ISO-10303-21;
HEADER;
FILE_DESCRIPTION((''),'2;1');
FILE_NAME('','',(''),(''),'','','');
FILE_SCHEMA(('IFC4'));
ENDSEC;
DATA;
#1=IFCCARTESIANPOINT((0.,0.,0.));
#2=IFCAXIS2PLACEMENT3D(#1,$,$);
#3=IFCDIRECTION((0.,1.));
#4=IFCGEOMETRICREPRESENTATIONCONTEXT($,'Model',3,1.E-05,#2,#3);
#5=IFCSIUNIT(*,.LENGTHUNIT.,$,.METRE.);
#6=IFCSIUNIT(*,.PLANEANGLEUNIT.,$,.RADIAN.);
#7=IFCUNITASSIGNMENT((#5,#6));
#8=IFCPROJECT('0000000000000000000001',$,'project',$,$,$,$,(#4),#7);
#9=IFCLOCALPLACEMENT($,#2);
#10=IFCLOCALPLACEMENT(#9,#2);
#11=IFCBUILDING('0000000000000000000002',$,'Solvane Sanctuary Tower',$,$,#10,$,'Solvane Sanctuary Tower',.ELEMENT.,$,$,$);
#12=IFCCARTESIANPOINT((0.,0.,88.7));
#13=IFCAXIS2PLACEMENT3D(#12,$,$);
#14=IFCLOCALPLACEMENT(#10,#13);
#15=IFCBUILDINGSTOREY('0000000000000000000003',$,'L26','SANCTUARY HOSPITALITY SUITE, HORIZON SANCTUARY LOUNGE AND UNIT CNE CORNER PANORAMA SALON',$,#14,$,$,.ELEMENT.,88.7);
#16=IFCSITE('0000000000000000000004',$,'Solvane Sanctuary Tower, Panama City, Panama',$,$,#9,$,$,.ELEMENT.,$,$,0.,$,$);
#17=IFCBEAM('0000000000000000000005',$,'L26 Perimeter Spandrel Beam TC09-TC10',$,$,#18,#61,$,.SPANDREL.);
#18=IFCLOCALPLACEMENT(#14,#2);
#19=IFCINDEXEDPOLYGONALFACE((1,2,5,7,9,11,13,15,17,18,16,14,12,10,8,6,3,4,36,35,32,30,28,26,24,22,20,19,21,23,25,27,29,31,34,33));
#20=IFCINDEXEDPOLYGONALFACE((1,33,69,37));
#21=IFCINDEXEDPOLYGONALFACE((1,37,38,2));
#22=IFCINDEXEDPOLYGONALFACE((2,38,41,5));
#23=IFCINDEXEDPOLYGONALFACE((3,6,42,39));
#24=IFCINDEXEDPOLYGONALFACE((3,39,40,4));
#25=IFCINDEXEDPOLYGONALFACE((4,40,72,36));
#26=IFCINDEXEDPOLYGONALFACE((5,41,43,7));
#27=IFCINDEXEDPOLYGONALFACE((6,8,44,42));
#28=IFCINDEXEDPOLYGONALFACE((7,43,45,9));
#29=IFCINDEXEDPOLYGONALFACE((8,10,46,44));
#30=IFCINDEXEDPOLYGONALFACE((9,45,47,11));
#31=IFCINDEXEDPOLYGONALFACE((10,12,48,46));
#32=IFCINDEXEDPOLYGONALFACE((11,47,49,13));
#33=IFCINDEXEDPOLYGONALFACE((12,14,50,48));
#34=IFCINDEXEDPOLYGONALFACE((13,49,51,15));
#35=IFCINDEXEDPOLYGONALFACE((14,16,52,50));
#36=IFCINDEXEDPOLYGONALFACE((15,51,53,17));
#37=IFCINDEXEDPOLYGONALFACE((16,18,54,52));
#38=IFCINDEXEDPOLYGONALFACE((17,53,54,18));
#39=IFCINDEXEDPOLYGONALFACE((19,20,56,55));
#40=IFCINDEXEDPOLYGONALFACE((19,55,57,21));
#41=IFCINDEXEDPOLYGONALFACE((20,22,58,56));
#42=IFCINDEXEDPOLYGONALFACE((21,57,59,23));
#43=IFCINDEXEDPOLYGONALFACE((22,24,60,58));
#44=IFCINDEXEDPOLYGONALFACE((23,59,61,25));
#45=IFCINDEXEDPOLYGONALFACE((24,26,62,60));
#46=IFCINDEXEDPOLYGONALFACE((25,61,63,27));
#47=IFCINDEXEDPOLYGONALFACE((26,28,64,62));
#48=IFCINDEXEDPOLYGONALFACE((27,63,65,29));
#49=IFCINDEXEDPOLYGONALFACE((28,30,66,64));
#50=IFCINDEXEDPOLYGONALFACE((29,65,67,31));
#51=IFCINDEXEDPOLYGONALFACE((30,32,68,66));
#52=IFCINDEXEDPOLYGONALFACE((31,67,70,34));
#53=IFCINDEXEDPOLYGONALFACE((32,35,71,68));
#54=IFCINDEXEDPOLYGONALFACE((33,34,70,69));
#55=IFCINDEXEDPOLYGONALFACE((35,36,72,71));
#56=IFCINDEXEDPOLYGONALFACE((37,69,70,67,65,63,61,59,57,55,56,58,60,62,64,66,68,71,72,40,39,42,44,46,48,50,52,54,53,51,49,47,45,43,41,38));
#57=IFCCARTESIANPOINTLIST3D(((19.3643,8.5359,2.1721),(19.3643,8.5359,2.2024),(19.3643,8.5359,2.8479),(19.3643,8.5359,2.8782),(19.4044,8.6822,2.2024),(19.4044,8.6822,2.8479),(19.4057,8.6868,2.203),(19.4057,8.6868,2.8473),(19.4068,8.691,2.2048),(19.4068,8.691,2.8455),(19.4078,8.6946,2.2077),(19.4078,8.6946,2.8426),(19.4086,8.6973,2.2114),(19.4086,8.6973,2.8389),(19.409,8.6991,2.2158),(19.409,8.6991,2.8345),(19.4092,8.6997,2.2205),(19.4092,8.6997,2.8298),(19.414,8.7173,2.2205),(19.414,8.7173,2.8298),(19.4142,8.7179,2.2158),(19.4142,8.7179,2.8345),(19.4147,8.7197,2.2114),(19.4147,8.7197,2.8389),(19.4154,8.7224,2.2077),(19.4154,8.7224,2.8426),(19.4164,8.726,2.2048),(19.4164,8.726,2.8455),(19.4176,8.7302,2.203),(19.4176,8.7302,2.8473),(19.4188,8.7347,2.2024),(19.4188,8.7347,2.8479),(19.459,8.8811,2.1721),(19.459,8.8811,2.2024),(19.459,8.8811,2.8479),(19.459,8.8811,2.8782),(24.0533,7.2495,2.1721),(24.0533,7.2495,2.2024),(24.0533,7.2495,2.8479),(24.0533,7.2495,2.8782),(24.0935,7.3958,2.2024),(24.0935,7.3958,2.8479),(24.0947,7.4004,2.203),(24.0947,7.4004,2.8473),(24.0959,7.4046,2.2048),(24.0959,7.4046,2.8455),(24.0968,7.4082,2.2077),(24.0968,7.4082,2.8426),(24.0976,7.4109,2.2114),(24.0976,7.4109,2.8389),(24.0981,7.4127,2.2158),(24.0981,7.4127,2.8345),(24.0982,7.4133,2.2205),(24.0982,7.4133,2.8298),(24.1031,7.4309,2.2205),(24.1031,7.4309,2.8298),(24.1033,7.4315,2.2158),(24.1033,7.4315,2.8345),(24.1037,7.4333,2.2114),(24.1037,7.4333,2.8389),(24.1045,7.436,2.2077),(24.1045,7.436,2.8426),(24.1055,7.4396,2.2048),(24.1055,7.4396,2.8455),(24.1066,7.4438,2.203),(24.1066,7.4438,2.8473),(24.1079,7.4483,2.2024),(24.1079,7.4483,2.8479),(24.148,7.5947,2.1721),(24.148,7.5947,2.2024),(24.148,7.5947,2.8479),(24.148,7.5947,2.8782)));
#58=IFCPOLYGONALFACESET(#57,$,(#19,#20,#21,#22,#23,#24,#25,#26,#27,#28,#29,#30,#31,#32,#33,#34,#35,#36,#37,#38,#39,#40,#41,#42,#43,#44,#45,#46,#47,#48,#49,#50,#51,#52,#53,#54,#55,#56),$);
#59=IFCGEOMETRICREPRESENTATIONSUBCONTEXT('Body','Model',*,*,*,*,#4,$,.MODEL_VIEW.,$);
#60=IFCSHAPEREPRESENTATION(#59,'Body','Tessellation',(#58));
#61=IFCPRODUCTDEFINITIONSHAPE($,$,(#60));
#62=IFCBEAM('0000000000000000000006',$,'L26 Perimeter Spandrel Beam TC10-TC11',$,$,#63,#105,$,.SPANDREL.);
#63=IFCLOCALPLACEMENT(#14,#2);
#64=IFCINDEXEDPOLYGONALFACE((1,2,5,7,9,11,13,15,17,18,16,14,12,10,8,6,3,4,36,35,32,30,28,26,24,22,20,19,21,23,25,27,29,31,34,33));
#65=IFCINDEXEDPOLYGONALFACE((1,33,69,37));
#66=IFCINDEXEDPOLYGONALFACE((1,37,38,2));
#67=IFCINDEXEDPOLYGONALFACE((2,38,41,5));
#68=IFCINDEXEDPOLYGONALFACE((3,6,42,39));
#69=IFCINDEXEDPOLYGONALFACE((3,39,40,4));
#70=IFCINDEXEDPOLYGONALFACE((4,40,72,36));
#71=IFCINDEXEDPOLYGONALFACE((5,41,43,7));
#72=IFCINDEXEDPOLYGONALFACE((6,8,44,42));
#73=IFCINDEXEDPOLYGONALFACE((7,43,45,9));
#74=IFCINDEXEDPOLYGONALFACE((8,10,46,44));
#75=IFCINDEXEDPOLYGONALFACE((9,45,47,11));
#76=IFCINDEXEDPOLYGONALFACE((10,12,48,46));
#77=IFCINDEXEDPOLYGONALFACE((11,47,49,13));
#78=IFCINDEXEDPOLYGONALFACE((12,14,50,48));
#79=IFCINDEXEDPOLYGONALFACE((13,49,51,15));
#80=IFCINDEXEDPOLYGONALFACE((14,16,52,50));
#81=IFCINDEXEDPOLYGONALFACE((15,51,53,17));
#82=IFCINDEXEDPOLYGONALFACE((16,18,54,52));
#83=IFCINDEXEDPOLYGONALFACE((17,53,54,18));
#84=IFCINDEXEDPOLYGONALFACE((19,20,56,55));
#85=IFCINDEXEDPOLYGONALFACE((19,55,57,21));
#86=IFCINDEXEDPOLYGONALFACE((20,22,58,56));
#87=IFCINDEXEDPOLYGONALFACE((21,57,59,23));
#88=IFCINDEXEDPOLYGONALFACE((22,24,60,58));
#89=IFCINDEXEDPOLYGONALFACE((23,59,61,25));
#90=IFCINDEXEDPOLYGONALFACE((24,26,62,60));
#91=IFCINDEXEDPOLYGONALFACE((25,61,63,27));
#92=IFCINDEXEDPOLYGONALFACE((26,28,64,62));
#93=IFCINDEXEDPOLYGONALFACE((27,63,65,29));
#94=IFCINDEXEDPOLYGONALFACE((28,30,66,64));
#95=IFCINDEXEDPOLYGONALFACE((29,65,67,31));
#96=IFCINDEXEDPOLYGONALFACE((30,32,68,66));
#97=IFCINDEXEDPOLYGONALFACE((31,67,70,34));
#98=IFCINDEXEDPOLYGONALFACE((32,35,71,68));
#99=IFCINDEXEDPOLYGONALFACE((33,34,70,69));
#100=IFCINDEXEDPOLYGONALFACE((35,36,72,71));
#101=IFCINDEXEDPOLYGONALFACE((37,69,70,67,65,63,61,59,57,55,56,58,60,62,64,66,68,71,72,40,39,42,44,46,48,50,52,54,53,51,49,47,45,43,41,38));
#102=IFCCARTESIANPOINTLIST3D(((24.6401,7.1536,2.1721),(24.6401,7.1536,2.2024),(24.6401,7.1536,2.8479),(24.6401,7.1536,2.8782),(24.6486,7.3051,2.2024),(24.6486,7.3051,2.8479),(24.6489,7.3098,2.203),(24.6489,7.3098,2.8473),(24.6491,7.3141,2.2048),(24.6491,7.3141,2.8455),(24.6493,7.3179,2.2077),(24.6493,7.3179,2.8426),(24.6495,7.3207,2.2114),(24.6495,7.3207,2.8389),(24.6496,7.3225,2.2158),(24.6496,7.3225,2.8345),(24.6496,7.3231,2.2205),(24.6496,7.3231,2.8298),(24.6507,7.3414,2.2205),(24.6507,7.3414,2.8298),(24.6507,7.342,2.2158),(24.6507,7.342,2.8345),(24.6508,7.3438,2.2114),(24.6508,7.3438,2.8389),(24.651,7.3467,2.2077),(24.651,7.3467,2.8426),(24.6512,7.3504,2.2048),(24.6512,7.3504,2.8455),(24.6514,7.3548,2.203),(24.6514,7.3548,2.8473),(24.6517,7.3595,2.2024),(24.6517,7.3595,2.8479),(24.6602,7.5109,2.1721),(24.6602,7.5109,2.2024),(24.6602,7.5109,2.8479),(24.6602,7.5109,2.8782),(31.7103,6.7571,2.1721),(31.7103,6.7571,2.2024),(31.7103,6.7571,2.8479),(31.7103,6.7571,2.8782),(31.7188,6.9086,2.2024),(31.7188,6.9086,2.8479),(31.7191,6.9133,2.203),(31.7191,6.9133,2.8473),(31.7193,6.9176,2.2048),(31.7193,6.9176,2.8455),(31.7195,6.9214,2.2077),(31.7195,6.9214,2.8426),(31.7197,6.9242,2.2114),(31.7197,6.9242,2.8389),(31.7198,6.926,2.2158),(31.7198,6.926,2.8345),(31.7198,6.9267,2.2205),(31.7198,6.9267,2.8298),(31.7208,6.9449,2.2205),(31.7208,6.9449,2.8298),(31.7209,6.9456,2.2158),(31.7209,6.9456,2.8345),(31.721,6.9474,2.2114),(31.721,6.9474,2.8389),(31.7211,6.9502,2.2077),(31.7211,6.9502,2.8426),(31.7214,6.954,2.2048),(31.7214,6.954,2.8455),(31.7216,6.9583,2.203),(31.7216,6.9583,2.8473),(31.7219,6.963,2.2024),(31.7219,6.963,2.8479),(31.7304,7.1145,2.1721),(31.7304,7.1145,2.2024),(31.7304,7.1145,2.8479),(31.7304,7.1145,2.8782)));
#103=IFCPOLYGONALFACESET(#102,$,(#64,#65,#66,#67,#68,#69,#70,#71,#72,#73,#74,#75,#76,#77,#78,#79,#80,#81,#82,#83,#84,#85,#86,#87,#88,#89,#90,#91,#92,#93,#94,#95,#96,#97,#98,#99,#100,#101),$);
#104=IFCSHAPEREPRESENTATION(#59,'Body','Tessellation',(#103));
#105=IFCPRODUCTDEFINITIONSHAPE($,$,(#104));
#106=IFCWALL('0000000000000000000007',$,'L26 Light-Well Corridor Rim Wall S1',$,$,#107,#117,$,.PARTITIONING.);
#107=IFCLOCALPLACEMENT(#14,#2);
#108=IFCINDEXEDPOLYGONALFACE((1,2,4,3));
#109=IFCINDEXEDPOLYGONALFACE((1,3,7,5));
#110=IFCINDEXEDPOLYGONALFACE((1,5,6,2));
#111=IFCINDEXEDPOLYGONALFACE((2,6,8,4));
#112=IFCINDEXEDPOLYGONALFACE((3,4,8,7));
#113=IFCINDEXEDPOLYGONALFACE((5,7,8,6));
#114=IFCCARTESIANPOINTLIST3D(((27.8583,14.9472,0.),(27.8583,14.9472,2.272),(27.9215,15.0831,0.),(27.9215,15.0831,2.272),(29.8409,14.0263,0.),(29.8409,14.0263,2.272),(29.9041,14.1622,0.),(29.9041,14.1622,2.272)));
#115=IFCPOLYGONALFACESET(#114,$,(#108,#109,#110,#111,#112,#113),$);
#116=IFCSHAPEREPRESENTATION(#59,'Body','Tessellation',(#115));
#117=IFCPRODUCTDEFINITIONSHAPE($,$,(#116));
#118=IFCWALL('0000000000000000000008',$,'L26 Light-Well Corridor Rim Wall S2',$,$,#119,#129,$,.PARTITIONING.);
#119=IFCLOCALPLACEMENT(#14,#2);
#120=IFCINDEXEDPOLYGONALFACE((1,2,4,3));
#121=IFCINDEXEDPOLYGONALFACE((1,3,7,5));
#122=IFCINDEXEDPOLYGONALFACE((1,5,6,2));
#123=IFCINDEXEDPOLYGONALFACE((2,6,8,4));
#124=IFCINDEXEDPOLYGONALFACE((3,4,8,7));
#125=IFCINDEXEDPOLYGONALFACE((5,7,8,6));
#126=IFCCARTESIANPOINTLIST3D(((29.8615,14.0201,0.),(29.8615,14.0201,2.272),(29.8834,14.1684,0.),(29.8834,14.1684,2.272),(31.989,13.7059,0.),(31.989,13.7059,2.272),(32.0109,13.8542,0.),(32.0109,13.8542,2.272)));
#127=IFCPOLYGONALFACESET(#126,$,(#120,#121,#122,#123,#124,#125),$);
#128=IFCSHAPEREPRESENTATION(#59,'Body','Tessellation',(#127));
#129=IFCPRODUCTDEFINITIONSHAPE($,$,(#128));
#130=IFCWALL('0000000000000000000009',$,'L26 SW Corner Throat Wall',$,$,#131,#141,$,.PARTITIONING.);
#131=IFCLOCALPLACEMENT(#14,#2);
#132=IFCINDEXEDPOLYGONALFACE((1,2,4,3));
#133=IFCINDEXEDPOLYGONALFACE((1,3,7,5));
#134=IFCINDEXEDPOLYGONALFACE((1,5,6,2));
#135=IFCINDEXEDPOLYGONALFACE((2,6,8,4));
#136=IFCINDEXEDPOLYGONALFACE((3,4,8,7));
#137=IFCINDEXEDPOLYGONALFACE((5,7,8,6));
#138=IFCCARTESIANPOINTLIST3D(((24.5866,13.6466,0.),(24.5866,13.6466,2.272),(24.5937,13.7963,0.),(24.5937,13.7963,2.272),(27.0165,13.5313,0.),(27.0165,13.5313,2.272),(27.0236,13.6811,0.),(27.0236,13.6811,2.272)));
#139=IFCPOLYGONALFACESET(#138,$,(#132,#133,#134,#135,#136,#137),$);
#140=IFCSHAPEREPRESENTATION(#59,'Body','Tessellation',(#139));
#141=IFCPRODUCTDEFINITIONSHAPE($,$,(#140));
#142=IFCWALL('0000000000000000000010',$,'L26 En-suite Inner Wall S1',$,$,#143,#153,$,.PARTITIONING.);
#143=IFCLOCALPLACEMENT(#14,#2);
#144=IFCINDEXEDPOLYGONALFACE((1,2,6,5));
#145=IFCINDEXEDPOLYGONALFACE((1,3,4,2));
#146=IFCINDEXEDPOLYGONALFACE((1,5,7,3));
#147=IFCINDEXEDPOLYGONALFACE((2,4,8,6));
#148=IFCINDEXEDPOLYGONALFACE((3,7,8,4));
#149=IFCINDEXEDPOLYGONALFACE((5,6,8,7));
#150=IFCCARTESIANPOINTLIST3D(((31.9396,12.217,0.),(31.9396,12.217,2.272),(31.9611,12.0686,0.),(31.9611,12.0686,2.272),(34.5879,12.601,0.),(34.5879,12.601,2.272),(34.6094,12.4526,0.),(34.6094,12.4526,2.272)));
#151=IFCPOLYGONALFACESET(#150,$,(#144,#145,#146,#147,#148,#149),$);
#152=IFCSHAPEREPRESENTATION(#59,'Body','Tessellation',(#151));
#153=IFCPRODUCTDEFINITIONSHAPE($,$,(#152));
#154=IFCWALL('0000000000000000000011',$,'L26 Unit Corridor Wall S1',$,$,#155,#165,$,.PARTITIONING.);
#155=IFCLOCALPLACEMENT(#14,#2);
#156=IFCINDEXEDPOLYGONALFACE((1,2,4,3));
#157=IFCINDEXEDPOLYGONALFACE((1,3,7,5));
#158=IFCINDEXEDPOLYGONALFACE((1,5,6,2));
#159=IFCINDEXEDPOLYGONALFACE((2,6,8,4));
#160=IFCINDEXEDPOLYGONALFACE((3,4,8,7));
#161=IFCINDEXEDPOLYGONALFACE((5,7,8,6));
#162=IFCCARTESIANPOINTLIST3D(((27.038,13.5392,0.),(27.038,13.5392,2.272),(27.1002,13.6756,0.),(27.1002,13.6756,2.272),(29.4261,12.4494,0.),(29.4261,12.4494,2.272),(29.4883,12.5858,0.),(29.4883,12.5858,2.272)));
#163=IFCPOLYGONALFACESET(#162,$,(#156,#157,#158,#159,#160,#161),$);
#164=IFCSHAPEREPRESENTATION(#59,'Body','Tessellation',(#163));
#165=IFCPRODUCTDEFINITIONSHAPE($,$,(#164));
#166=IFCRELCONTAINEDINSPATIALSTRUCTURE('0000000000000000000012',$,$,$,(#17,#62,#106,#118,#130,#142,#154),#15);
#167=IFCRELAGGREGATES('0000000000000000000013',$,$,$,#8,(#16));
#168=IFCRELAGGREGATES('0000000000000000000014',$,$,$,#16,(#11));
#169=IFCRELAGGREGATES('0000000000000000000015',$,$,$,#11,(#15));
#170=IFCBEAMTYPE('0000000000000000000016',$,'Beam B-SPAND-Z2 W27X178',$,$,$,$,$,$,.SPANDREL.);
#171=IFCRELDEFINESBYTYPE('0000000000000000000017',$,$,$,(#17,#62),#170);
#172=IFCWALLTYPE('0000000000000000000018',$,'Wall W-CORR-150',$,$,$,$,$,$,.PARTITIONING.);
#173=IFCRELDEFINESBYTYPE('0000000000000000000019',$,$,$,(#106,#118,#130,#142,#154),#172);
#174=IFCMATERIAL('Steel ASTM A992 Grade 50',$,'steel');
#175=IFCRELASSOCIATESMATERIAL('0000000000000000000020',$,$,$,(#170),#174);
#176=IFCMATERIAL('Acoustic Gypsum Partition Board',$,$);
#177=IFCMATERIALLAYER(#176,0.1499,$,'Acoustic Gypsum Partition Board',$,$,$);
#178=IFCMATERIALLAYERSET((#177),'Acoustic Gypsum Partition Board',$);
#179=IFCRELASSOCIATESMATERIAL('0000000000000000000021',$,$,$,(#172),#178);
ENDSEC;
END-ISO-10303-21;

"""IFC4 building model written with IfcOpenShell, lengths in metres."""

from ifc_helpers import new_model, si_unit, direction, frame, frame_2d, origin, origin_2d, place, context, subcontext, project, spatial, rectangle, i_section, extrude, material, layer, layer_set, material_profile, profile_set, type_object, element, save


model = new_model("IFC4")

# Units and contexts
model_context = context("Model", 3, precision=1e-05, world=origin(), true_north=direction((0.0, 1.0)))
body_context = subcontext(model_context, "Body", "Model", "MODEL_VIEW")
ifc_project = project(units=[si_unit("LENGTHUNIT", "METRE"), si_unit("PLANEANGLEUNIT", "RADIAN")], contexts=[model_context])

# Site, building, storey
site_placement = place(None, origin())
site = spatial("IfcSite", under=ifc_project, at=site_placement, Name="Solvane Sanctuary Tower, Panama City, Panama", CompositionType="ELEMENT", RefElevation=0.0)
building_placement = place(site_placement, origin())
building = spatial("IfcBuilding", under=site, at=building_placement, Name="Solvane Sanctuary Tower", LongName="Solvane Sanctuary Tower", CompositionType="ELEMENT")
storey_placement = place(building_placement, frame((0.0, 0.0, 88.7)))
storey = spatial("IfcBuildingStorey", under=building, at=storey_placement, Name="L26", Description="SANCTUARY HOSPITALITY SUITE, HORIZON SANCTUARY LOUNGE AND UNIT CNE CORNER PANORAMA SALON", CompositionType="ELEMENT", Elevation=88.7)

# Beams
ifc_material_1 = material(Name="Steel ASTM A992 Grade 50", Category="steel")
ifc_material_profile_1 = material_profile(ifc_material_1, i_section(OverallWidth=0.3579, OverallDepth=0.7061, WebThickness=0.0183, FlangeThickness=0.0303, FilletRadius=0.0181, at=origin_2d()), Name="W27X178")
ifc_profile_set_1 = profile_set([ifc_material_profile_1], Name="Steel ASTM A992 Grade 50")
beam_type_1 = type_object("IfcBeamType", Name="Beam B-SPAND-Z2 W27X178", PredefinedType="SPANDREL", material=ifc_profile_set_1)
beam_1_placement = place(storey_placement, frame((19.4116, 8.7085, 2.5251), z_axis=(0.964368, -0.264566, 0.0), x_axis=(0.264566, 0.964368, 0.0)))
element("IfcBeam", 1, at=beam_1_placement, inside=storey, type_object=beam_type_1, Name="L26 Perimeter Spandrel Beam TC09-TC10", PredefinedType="SPANDREL", context=body_context, shape_type="SweptSolid", body=[
    extrude(i_section(OverallWidth=0.3579, OverallDepth=0.7061, WebThickness=0.0183, FlangeThickness=0.0303, FilletRadius=0.0181, at=origin_2d()), origin(), (0.0, 0.0, 1.0), 4.8623),
])
beam_2_placement = place(storey_placement, frame((24.6501, 7.3323, 2.5251), z_axis=(0.998431, -0.055989, 0.0), x_axis=(0.055989, 0.998431, 0.0)))
element("IfcBeam", 2, at=beam_2_placement, inside=storey, type_object=beam_type_1, Name="L26 Perimeter Spandrel Beam TC10-TC11", PredefinedType="SPANDREL", context=body_context, shape_type="SweptSolid", body=[
    extrude(i_section(OverallWidth=0.3579, OverallDepth=0.7061, WebThickness=0.0183, FlangeThickness=0.0303, FilletRadius=0.0181, at=origin_2d()), origin(), (0.0, 0.0, 1.0), 7.0813),
])

# Walls
ifc_material_2 = material(Name="Acoustic Gypsum Partition Board")
ifc_layer_1 = layer(ifc_material_2, 0.1499, Name="Acoustic Gypsum Partition Board")
ifc_layer_set_1 = layer_set([ifc_layer_1], Name="Acoustic Gypsum Partition Board")
wall_type_1 = type_object("IfcWallType", Name="Wall W-CORR-150", PredefinedType="PARTITIONING", material=ifc_layer_set_1)
wall_1_placement = place(storey_placement, frame((27.8899, 15.0151, 0.0), z_axis=(0.0, 0.0, 1.0), x_axis=(0.906943, -0.421252, 0.0)))
element("IfcWall", 3, at=wall_1_placement, inside=storey, type_object=wall_type_1, Name="L26 Light-Well Corridor Rim Wall S1", PredefinedType="PARTITIONING", context=body_context, shape_type="SweptSolid", body=[
    extrude(rectangle(XDim=2.186, YDim=0.1499, at=frame_2d((1.093, 0.0))), origin(), (0.0, 0.0, 1.0), 2.272),
])
wall_2_placement = place(storey_placement, frame((29.8726, 14.0942, 0.0), z_axis=(0.0, 0.0, 1.0), x_axis=(0.989269, -0.146108, 0.0)))
element("IfcWall", 4, at=wall_2_placement, inside=storey, type_object=wall_type_1, Name="L26 Light-Well Corridor Rim Wall S2", PredefinedType="PARTITIONING", context=body_context, shape_type="SweptSolid", body=[
    extrude(rectangle(XDim=2.1506, YDim=0.1499, at=frame_2d((1.0752, 0.0))), origin(), (0.0, 0.0, 1.0), 2.272),
])
wall_3_placement = place(storey_placement, frame((27.02, 13.6062, 0.0), z_axis=(0.0, 0.0, 1.0), x_axis=(-0.998877, 0.04737, 0.0)))
element("IfcWall", 5, at=wall_3_placement, inside=storey, type_object=wall_type_1, Name="L26 SW Corner Throat Wall", PredefinedType="PARTITIONING", context=body_context, shape_type="SweptSolid", body=[
    extrude(rectangle(XDim=2.4326, YDim=0.1499, at=frame_2d((1.2163, 0.0))), origin(), (0.0, 0.0, 1.0), 2.272),
])
wall_4_placement = place(storey_placement, frame((31.9504, 12.1428, 0.0), z_axis=(0.0, 0.0, 1.0), x_axis=(0.98965, 0.143503, 0.0)))
element("IfcWall", 6, at=wall_4_placement, inside=storey, type_object=wall_type_1, Name="L26 En-suite Inner Wall S1", PredefinedType="PARTITIONING", context=body_context, shape_type="SweptSolid", body=[
    extrude(rectangle(XDim=2.676, YDim=0.1499, at=frame_2d((1.3379, 0.0))), origin(), (0.0, 0.0, 1.0), 2.272),
])
wall_5_placement = place(storey_placement, frame((27.0691, 13.6074, 0.0), z_axis=(0.0, 0.0, 1.0), x_axis=(0.909748, -0.415162, 0.0)))
element("IfcWall", 7, at=wall_5_placement, inside=storey, type_object=wall_type_1, Name="L26 Unit Corridor Wall S1", PredefinedType="PARTITIONING", context=body_context, shape_type="SweptSolid", body=[
    extrude(rectangle(XDim=2.625, YDim=0.1499, at=frame_2d((1.3125, 0.0))), origin(), (0.0, 0.0, 1.0), 2.272),
])

save(model, "model.ifc")
